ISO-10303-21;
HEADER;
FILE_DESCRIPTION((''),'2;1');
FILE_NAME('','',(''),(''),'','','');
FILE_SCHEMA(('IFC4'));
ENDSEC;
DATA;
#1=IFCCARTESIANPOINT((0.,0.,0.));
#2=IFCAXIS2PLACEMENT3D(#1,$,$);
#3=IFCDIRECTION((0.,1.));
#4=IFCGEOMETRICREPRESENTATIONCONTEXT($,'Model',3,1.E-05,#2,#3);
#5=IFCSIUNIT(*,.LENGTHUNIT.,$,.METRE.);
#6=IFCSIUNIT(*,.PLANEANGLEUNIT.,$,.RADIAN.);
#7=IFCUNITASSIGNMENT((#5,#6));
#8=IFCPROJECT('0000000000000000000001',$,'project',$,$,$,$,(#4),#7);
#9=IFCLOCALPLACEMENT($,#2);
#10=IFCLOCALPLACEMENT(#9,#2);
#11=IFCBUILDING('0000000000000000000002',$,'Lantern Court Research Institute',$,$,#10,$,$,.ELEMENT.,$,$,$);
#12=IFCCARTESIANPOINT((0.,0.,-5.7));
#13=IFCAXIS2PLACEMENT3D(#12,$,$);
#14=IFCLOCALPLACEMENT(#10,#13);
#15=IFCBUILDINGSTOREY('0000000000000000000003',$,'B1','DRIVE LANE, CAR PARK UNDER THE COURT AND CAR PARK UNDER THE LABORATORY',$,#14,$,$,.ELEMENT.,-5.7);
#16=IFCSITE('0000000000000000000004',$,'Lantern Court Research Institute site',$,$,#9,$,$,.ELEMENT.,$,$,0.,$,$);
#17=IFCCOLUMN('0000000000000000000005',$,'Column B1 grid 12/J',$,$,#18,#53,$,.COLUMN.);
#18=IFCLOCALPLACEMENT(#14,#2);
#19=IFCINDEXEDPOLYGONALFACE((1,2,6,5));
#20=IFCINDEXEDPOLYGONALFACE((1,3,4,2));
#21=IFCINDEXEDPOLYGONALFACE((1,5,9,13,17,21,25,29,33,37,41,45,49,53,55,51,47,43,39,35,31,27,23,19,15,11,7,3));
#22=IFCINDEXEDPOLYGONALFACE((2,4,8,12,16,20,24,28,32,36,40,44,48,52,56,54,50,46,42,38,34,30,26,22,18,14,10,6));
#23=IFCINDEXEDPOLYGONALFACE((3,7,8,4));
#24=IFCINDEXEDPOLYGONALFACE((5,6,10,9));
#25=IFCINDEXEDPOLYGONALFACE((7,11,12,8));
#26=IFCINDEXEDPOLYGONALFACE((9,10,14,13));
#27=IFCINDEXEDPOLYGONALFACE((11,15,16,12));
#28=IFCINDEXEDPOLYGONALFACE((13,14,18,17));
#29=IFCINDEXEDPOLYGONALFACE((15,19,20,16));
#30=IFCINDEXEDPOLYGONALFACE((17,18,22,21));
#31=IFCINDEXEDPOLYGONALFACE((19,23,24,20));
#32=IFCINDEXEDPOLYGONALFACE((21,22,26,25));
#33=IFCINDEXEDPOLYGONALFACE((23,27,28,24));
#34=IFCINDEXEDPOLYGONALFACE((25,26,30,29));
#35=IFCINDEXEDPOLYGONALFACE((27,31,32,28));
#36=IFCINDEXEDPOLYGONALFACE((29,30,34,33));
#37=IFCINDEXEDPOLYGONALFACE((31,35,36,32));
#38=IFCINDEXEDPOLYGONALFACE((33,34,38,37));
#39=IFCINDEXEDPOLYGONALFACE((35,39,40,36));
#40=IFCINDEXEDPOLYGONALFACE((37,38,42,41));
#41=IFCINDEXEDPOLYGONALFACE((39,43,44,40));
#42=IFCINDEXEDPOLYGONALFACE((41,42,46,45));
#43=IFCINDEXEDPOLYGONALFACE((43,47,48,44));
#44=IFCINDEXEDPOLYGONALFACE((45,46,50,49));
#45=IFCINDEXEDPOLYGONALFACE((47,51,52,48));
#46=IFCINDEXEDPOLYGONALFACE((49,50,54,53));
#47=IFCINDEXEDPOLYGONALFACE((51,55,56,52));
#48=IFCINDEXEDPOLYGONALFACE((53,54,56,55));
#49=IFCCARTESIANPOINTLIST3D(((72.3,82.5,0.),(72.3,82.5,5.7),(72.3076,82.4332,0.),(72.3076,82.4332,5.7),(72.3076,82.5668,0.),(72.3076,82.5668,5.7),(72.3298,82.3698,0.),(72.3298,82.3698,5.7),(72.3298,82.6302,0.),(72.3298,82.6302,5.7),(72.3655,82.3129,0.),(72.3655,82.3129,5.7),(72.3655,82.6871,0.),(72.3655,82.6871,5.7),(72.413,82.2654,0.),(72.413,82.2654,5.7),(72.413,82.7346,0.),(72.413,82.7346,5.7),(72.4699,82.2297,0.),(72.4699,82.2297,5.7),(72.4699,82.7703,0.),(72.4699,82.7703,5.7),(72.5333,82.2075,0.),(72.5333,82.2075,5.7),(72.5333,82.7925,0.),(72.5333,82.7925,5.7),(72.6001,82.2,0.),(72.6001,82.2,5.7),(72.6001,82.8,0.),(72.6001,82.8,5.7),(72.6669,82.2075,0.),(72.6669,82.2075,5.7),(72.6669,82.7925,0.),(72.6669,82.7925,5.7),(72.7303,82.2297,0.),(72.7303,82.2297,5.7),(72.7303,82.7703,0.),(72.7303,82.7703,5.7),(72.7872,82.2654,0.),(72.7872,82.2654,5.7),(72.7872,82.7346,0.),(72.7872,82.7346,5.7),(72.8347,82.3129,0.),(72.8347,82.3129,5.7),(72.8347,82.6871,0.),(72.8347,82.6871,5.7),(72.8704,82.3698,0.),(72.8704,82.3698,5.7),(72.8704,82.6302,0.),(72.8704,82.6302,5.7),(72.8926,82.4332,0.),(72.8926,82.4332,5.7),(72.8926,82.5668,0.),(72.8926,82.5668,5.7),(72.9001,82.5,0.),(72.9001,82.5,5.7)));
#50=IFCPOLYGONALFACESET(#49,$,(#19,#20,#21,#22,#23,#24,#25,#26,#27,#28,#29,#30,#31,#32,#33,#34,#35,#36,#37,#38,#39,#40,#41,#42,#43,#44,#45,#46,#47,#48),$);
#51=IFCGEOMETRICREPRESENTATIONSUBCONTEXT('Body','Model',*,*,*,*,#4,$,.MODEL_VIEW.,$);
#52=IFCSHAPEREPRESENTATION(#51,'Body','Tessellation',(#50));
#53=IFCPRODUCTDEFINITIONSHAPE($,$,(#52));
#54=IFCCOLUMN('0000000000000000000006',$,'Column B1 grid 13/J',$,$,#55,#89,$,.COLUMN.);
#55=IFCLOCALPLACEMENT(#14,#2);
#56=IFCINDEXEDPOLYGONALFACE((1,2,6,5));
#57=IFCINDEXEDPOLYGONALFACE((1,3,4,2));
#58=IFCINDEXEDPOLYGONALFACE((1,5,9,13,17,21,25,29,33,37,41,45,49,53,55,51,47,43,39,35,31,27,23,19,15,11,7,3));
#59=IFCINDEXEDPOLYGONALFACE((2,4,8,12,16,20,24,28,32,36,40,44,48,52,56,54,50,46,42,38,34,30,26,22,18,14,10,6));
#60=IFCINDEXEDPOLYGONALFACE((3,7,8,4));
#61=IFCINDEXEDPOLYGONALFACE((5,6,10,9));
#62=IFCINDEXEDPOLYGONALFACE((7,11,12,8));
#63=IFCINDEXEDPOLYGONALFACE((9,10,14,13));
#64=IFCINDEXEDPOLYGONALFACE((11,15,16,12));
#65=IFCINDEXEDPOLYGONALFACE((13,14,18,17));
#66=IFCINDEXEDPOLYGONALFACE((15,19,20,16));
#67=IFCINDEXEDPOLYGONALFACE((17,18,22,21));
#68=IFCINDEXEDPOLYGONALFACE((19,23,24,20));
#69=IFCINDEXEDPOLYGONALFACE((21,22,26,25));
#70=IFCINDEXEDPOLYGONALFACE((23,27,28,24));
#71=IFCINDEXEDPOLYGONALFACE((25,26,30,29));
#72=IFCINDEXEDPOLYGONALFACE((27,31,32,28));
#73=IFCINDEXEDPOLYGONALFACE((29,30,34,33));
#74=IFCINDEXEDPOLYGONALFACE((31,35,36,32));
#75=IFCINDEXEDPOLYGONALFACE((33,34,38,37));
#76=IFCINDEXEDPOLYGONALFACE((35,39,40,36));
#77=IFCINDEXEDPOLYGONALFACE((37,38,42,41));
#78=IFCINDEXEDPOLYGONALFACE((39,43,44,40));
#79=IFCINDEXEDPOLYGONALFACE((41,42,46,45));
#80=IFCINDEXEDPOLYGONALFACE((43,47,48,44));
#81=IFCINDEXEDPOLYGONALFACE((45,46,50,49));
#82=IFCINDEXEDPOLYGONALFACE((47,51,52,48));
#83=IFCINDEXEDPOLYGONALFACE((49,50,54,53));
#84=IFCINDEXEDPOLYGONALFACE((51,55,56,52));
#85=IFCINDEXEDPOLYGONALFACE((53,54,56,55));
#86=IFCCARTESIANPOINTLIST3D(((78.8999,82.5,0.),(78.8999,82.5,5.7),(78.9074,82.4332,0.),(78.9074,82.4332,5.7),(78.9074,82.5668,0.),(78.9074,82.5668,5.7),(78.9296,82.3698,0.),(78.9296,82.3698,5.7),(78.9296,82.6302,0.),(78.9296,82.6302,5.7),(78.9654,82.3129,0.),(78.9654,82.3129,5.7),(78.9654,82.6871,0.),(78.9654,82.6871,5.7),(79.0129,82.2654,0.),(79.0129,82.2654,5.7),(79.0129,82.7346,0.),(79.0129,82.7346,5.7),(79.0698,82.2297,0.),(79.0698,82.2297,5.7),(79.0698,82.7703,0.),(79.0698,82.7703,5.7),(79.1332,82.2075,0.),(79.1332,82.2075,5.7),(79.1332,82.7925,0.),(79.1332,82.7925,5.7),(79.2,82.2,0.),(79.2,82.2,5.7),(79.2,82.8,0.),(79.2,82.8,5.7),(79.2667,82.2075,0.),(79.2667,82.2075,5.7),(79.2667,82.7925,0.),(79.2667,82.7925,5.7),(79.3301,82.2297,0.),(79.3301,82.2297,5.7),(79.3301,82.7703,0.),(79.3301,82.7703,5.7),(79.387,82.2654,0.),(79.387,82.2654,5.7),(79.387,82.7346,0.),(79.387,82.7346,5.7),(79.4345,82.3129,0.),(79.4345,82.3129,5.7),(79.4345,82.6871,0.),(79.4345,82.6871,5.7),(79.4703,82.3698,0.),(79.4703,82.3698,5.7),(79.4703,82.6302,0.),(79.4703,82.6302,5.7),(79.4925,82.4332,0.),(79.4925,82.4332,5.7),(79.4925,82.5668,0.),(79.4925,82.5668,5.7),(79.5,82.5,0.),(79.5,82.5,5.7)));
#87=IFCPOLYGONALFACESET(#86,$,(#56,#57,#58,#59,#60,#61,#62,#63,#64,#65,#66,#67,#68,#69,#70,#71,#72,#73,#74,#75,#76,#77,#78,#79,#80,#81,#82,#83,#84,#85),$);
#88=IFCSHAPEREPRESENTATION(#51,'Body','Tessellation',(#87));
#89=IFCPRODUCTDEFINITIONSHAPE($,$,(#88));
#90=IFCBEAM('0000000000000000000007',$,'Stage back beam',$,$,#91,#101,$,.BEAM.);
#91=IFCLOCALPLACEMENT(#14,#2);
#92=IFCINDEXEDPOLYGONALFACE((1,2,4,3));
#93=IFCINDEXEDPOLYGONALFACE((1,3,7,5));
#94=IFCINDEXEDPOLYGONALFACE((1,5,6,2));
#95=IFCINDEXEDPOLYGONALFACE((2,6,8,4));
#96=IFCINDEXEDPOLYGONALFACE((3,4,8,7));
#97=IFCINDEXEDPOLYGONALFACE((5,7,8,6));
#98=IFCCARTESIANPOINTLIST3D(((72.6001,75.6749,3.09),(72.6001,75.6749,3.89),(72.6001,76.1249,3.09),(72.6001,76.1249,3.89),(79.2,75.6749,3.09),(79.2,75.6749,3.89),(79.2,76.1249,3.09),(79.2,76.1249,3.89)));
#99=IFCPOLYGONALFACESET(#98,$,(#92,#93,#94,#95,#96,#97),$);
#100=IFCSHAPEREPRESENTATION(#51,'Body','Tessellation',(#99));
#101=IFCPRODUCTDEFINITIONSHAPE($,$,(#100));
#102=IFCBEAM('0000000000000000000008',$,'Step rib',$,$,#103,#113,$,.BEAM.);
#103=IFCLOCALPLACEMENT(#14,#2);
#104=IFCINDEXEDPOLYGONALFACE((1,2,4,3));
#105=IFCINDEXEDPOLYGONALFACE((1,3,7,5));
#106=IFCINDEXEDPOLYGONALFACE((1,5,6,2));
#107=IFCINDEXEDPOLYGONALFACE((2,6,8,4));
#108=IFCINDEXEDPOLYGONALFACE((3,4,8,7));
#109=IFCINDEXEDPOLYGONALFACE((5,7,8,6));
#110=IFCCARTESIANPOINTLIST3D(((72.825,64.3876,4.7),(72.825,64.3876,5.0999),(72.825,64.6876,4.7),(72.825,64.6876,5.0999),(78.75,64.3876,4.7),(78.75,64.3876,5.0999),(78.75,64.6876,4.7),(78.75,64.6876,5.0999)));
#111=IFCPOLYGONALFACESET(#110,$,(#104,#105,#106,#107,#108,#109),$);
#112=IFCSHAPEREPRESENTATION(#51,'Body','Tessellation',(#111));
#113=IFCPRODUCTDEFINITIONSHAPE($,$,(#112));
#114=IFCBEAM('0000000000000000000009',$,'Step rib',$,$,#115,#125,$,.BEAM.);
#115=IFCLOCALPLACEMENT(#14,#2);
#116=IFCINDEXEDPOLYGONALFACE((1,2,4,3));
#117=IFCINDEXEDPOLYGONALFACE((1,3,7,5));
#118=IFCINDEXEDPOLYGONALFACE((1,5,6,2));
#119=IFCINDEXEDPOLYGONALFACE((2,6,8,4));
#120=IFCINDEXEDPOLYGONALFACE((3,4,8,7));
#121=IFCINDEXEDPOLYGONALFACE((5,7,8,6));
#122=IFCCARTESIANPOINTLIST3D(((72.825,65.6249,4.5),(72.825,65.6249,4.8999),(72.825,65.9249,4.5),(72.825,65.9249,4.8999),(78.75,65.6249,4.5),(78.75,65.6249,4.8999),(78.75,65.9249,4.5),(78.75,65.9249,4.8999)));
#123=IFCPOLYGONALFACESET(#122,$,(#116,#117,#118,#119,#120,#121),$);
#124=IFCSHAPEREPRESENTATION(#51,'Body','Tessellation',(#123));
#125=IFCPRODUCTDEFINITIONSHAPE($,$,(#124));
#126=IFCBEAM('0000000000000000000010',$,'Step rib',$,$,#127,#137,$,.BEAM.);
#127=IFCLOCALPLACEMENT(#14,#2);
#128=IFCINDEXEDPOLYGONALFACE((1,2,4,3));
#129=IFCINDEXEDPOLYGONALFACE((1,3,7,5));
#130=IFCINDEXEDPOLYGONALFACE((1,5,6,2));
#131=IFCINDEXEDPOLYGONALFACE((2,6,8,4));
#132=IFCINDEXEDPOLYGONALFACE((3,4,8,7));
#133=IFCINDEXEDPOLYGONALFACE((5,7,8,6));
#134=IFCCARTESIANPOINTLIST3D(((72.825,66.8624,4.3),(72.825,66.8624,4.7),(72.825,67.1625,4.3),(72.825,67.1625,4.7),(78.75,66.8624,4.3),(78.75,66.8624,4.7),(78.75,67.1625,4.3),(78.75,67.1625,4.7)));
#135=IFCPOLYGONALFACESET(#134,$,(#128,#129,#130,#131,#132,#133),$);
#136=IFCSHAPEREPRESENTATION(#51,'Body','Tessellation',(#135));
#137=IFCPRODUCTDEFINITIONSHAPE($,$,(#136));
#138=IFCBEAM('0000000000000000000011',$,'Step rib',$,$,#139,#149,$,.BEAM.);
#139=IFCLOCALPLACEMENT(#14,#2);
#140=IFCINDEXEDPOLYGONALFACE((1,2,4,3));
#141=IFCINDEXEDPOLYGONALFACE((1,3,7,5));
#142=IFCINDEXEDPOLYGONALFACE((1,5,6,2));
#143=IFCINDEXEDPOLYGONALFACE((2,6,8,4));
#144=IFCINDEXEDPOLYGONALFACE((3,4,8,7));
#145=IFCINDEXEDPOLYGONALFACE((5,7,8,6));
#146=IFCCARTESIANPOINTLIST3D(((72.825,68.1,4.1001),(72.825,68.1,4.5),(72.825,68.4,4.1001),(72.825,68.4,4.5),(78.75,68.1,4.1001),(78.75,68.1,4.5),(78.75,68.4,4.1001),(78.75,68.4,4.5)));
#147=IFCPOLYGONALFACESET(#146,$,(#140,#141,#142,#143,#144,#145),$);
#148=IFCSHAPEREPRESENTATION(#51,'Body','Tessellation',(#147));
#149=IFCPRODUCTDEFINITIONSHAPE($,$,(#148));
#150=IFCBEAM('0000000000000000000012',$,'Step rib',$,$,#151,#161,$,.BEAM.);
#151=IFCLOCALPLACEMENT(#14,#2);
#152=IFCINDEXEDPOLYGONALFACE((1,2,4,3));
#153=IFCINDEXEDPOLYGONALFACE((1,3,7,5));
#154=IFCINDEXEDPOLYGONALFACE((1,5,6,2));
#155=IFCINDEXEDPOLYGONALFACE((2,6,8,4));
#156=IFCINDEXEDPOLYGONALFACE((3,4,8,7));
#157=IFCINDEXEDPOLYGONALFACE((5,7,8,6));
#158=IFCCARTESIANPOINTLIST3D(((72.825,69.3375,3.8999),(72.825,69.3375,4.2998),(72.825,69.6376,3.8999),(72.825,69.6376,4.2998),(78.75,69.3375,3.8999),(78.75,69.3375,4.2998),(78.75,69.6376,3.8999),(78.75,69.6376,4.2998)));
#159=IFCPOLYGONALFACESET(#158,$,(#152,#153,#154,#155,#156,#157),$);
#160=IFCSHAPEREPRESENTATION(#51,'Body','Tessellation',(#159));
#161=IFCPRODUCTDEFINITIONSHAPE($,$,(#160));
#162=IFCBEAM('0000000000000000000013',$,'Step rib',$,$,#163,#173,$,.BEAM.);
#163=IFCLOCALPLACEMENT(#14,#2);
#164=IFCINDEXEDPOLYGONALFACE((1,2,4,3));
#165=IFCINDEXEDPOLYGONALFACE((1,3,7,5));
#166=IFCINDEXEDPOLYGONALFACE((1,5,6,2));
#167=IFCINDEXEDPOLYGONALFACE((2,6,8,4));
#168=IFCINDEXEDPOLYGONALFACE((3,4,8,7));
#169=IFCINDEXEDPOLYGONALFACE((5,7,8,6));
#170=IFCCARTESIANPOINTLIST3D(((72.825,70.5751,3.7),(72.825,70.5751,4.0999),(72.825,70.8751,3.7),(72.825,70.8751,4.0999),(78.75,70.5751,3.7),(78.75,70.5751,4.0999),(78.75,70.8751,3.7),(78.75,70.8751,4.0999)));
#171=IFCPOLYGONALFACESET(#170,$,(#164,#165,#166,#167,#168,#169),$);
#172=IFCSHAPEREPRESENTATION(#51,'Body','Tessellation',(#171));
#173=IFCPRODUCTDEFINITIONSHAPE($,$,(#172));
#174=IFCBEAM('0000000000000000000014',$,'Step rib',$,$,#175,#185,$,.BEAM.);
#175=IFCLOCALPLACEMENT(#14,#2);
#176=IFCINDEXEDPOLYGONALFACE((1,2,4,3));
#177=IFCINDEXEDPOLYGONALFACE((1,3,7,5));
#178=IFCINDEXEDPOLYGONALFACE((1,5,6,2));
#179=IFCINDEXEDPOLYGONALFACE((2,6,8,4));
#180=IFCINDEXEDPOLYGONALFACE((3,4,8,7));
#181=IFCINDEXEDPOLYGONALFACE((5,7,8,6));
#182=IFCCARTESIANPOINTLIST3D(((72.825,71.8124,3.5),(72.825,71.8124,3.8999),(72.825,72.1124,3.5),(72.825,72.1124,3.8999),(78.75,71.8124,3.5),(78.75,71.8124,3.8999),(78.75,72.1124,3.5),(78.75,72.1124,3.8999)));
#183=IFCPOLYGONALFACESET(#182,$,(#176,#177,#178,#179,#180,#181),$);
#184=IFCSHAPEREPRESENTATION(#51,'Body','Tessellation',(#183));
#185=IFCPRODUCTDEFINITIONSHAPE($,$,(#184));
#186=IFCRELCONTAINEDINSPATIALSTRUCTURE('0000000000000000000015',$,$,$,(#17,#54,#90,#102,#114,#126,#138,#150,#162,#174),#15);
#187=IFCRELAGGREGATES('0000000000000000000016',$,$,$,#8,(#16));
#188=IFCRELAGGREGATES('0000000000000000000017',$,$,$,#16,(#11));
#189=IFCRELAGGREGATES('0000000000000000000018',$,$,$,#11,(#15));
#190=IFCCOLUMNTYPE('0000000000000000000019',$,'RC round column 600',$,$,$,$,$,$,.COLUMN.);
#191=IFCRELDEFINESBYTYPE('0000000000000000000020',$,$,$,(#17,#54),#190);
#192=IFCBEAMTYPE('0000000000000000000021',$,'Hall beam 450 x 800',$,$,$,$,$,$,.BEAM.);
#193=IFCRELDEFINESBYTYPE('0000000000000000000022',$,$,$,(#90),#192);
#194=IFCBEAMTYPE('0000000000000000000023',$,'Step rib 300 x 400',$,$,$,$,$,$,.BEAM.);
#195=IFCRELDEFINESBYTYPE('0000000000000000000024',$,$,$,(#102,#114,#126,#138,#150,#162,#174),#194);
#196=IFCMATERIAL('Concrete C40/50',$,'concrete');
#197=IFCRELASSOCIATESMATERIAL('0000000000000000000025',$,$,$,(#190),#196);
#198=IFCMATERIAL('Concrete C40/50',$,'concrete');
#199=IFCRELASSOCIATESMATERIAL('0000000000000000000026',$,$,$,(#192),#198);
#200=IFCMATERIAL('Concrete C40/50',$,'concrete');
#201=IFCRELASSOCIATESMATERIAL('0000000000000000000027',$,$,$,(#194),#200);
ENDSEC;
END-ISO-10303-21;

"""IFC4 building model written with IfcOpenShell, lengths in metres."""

from ifc_helpers import new_model, si_unit, direction, frame, origin, origin_2d, place, context, subcontext, project, spatial, rectangle, circle, extrude, material, material_profile, profile_set, type_object, element, save


model = new_model("IFC4")

# Units and contexts
model_context = context("Model", 3, precision=1e-05, world=origin(), true_north=direction((0.0, 1.0)))
body_context = subcontext(model_context, "Body", "Model", "MODEL_VIEW")
ifc_project = project(units=[si_unit("LENGTHUNIT", "METRE"), si_unit("PLANEANGLEUNIT", "RADIAN")], contexts=[model_context])

# Site, building, storey
site_placement = place(None, origin())
site = spatial("IfcSite", under=ifc_project, at=site_placement, Name="Lantern Court Research Institute site", CompositionType="ELEMENT", RefElevation=0.0)
building_placement = place(site_placement, origin())
building = spatial("IfcBuilding", under=site, at=building_placement, Name="Lantern Court Research Institute", CompositionType="ELEMENT")
storey_placement = place(building_placement, frame((0.0, 0.0, -5.7)))
storey = spatial("IfcBuildingStorey", under=building, at=storey_placement, Name="B1", Description="DRIVE LANE, CAR PARK UNDER THE COURT AND CAR PARK UNDER THE LABORATORY", CompositionType="ELEMENT", Elevation=-5.7)

# Columns
ifc_material_1 = material(Name="Concrete C40/50", Category="concrete")
ifc_material_profile_1 = material_profile(ifc_material_1, circle(Radius=0.3, at=origin_2d()), Name="RC round column 600")
ifc_profile_set_1 = profile_set([ifc_material_profile_1], Name="Concrete C40/50")
column_type_1 = type_object("IfcColumnType", Name="RC round column 600", PredefinedType="COLUMN", material=ifc_profile_set_1)
for number, where, z_axis, x_axis, name in (
    (1, (72.6001, 82.5, 0.0), (0.0, 0.0, 1.0), (1.0, 0.0, 0.0), "Column B1 grid 12/J"),
    (2, (79.2, 82.5, 0.0), (0.0, 0.0, 1.0), (1.0, 0.0, 0.0), "Column B1 grid 13/J"),
):
    element("IfcColumn", number, at=place(storey_placement, frame(where, z_axis=z_axis, x_axis=x_axis)), inside=storey, type_object=column_type_1, Name=name, PredefinedType="COLUMN", context=body_context, shape_type="SweptSolid", body=[
        extrude(circle(Radius=0.3, at=origin_2d()), origin(), (0.0, 0.0, 1.0), 5.7),
    ])

# Beams
ifc_material_2 = material(Name="Concrete C40/50", Category="concrete")
ifc_material_profile_2 = material_profile(ifc_material_2, rectangle(XDim=0.45, YDim=0.8, at=origin_2d()), Name="Hall beam 450 x 800")
ifc_profile_set_2 = profile_set([ifc_material_profile_2], Name="Concrete C40/50")
beam_type_1 = type_object("IfcBeamType", Name="Hall beam 450 x 800", PredefinedType="BEAM", material=ifc_profile_set_2)
beam_placement = place(storey_placement, frame((72.6001, 75.8999, 3.49), z_axis=(1.0, 0.0, 0.0), x_axis=(0.0, 1.0, 0.0)))
element("IfcBeam", 3, at=beam_placement, inside=storey, type_object=beam_type_1, Name="Stage back beam", PredefinedType="BEAM", context=body_context, shape_type="SweptSolid", body=[
    extrude(rectangle(XDim=0.45, YDim=0.8, at=origin_2d()), origin(), (0.0, 0.0, 1.0), 6.5999),
])
ifc_material_3 = material(Name="Concrete C40/50", Category="concrete")
ifc_material_profile_3 = material_profile(ifc_material_3, rectangle(XDim=0.3, YDim=0.3999, at=origin_2d()), Name="Step rib 300 x 400")
ifc_profile_set_3 = profile_set([ifc_material_profile_3], Name="Concrete C40/50")
beam_type_2 = type_object("IfcBeamType", Name="Step rib 300 x 400", PredefinedType="BEAM", material=ifc_profile_set_3)
for number, where, z_axis, x_axis, name in (
    (4, (72.825, 64.5376, 4.8999), (1.0, 0.0, 0.0), (0.0, 1.0, 0.0), "Step rib"),
    (5, (72.825, 65.7749, 4.7), (1.0, 0.0, 0.0), (0.0, 1.0, 0.0), "Step rib"),
    (6, (72.825, 67.0125, 4.5), (1.0, 0.0, 0.0), (0.0, 1.0, 0.0), "Step rib"),
    (7, (72.825, 68.25, 4.3), (1.0, 0.0, 0.0), (0.0, 1.0, 0.0), "Step rib"),
    (8, (72.825, 69.4875, 4.0999), (1.0, 0.0, 0.0), (0.0, 1.0, 0.0), "Step rib"),
    (9, (72.825, 70.7251, 3.8999), (1.0, 0.0, 0.0), (0.0, 1.0, 0.0), "Step rib"),
    (10, (72.825, 71.9624, 3.7), (1.0, 0.0, 0.0), (0.0, 1.0, 0.0), "Step rib"),
):
    element("IfcBeam", number, at=place(storey_placement, frame(where, z_axis=z_axis, x_axis=x_axis)), inside=storey, type_object=beam_type_2, Name=name, PredefinedType="BEAM", context=body_context, shape_type="SweptSolid", body=[
        extrude(rectangle(XDim=0.3, YDim=0.3999, at=origin_2d()), origin(), (0.0, 0.0, 1.0), 5.925),
    ])

save(model, "model.ifc")
